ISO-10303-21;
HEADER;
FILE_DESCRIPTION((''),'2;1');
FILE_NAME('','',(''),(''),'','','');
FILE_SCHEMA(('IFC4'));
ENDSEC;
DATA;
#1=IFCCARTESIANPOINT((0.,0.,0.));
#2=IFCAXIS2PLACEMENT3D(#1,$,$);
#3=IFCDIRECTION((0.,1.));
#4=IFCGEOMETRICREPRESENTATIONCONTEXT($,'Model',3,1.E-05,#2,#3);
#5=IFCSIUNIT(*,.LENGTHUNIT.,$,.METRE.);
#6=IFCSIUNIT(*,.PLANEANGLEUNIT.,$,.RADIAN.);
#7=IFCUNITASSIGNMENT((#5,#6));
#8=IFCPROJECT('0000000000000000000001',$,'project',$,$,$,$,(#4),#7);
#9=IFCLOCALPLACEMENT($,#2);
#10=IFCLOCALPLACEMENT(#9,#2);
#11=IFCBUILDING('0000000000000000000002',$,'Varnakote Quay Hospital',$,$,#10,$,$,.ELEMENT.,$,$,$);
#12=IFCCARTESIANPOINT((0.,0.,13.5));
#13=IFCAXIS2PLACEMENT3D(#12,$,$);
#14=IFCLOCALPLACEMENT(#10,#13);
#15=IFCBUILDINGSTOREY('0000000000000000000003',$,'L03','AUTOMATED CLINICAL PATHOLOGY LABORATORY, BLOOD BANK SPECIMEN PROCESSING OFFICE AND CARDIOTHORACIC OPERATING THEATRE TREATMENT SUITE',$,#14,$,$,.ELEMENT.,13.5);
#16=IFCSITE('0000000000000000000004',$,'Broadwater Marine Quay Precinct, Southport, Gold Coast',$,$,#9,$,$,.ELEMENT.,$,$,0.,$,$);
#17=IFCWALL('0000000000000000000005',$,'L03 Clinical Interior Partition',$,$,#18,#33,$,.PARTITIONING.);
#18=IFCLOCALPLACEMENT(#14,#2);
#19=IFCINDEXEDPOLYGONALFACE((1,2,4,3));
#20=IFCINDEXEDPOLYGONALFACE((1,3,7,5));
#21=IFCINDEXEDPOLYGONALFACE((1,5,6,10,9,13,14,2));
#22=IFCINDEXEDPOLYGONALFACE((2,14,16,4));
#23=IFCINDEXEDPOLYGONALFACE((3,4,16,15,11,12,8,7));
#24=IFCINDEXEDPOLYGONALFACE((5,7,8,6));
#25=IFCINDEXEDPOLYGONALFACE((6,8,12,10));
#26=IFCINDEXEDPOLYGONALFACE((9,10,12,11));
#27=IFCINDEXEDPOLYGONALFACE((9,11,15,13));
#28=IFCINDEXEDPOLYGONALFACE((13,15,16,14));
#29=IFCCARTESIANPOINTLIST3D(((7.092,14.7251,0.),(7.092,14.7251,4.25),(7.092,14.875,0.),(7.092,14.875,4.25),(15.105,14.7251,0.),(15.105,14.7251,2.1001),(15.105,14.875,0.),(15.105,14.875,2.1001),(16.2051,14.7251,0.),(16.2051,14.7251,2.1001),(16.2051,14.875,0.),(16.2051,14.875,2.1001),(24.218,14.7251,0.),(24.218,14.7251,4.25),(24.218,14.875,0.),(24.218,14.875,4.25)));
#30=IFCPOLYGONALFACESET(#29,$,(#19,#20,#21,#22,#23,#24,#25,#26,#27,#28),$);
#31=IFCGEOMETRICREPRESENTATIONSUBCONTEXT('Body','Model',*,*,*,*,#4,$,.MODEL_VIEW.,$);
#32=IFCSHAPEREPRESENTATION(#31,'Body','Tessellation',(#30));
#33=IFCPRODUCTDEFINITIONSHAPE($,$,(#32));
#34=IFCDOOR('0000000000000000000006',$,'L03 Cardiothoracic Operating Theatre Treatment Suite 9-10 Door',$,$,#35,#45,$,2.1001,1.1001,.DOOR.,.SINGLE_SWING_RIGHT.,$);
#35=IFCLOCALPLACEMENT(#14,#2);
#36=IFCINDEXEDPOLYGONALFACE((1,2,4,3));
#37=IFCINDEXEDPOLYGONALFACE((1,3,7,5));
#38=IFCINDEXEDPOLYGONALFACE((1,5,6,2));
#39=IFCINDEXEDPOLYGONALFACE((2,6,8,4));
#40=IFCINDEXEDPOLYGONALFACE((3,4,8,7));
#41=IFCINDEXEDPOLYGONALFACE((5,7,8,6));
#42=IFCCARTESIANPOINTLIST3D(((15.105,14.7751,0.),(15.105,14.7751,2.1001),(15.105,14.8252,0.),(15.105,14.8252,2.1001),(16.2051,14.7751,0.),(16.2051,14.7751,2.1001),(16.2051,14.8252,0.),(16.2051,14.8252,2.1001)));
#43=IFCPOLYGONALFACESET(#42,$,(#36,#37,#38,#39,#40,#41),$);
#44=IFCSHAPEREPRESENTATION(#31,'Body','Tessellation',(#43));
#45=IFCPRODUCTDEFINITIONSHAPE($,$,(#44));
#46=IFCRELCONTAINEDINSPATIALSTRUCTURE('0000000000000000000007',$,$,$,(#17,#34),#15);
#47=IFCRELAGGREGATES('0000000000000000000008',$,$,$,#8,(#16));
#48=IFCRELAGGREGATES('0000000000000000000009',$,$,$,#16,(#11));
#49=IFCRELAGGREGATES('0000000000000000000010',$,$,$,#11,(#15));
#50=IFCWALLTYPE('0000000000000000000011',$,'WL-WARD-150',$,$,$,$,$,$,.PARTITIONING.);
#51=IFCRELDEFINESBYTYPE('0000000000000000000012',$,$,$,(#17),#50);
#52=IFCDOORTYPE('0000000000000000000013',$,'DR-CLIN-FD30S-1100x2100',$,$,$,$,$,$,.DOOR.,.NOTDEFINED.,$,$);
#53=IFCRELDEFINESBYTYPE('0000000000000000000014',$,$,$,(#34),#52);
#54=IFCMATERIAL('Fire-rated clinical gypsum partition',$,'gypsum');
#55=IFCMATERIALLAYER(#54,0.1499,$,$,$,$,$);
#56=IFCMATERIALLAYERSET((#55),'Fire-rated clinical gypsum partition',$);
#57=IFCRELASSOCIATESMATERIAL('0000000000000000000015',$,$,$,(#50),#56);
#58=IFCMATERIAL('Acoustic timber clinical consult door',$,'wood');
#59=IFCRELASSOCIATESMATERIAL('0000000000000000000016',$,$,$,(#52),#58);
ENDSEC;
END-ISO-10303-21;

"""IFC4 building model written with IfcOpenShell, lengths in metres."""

from ifc_helpers import new_model, si_unit, direction, frame, frame_2d, origin, place, context, subcontext, project, spatial, rectangle, extrude, material, layer, layer_set, type_object, element, fill, save


model = new_model("IFC4")

# Units and contexts
model_context = context("Model", 3, precision=1e-05, world=origin(), true_north=direction((0.0, 1.0)))
body_context = subcontext(model_context, "Body", "Model", "MODEL_VIEW")
ifc_project = project(units=[si_unit("LENGTHUNIT", "METRE"), si_unit("PLANEANGLEUNIT", "RADIAN")], contexts=[model_context])

# Site, building, storey
site_placement = place(None, origin())
site = spatial("IfcSite", under=ifc_project, at=site_placement, Name="Broadwater Marine Quay Precinct, Southport, Gold Coast", CompositionType="ELEMENT", RefElevation=0.0)
building_placement = place(site_placement, origin())
building = spatial("IfcBuilding", under=site, at=building_placement, Name="Varnakote Quay Hospital", CompositionType="ELEMENT")
storey_placement = place(building_placement, frame((0.0, 0.0, 13.5)))
storey = spatial("IfcBuildingStorey", under=building, at=storey_placement, Name="L03", Description="AUTOMATED CLINICAL PATHOLOGY LABORATORY, BLOOD BANK SPECIMEN PROCESSING OFFICE AND CARDIOTHORACIC OPERATING THEATRE TREATMENT SUITE", CompositionType="ELEMENT", Elevation=13.5)

# Wall, opening, door
ifc_material_1 = material(Name="Fire-rated clinical gypsum partition", Category="gypsum")
ifc_layer_1 = layer(ifc_material_1, 0.1499)
ifc_layer_set_1 = layer_set([ifc_layer_1], Name="Fire-rated clinical gypsum partition")
wall_type_1 = type_object("IfcWallType", Name="WL-WARD-150", PredefinedType="PARTITIONING", material=ifc_layer_set_1)
wall_1_placement = place(storey_placement, frame((24.218, 14.8, 0.0), z_axis=(0.0, 0.0, 1.0), x_axis=(-1.0, 0.0, 0.0)))
wall_1 = element("IfcWall", 1, at=wall_1_placement, inside=storey, type_object=wall_type_1, Name="L03 Clinical Interior Partition", PredefinedType="PARTITIONING", context=body_context, shape_type="SweptSolid", body=[
    extrude(rectangle(XDim=17.126, YDim=0.1499, at=frame_2d((8.563, 0.0))), origin(), (0.0, 0.0, 1.0), 4.25),
])
opening_1_placement = place(wall_1_placement, frame((8.0129, 0.0, 0.0)))
opening_1 = element("IfcOpeningElement", 2, at=opening_1_placement, cuts=wall_1, PredefinedType="OPENING", context=body_context, shape_type="SweptSolid", body=[
    extrude(rectangle(XDim=1.1001, YDim=2.1001, at=frame_2d((0.55, 1.05))), frame((0.0, 0.085, 0.0), z_axis=(0.0, -1.0, 0.0), x_axis=(1.0, 0.0, 0.0)), (0.0, 0.0, 1.0), 0.1699),
])
ifc_material_2 = material(Name="Acoustic timber clinical consult door", Category="wood")
door_type_1 = type_object("IfcDoorType", Name="DR-CLIN-FD30S-1100x2100", OperationType="NOTDEFINED", PredefinedType="DOOR", material=ifc_material_2)
door_1_placement = place(opening_1_placement, origin())
door_1 = element("IfcDoor", 3, at=door_1_placement, inside=storey, type_object=door_type_1, Name="L03 Cardiothoracic Operating Theatre Treatment Suite 9-10 Door", OperationType="SINGLE_SWING_RIGHT", OverallHeight=2.1001, OverallWidth=1.1001, PredefinedType="DOOR", context=body_context, shape_type="SweptSolid", body=[
    extrude(rectangle(XDim=1.1001, YDim=2.1001, at=frame_2d((0.55, 1.05))), frame((0.0, 0.0249, 0.0), z_axis=(0.0, -1.0, 0.0), x_axis=(1.0, 0.0, 0.0)), (0.0, 0.0, 1.0), 0.05),
])
fill(opening_1, door_1)

save(model, "model.ifc")
